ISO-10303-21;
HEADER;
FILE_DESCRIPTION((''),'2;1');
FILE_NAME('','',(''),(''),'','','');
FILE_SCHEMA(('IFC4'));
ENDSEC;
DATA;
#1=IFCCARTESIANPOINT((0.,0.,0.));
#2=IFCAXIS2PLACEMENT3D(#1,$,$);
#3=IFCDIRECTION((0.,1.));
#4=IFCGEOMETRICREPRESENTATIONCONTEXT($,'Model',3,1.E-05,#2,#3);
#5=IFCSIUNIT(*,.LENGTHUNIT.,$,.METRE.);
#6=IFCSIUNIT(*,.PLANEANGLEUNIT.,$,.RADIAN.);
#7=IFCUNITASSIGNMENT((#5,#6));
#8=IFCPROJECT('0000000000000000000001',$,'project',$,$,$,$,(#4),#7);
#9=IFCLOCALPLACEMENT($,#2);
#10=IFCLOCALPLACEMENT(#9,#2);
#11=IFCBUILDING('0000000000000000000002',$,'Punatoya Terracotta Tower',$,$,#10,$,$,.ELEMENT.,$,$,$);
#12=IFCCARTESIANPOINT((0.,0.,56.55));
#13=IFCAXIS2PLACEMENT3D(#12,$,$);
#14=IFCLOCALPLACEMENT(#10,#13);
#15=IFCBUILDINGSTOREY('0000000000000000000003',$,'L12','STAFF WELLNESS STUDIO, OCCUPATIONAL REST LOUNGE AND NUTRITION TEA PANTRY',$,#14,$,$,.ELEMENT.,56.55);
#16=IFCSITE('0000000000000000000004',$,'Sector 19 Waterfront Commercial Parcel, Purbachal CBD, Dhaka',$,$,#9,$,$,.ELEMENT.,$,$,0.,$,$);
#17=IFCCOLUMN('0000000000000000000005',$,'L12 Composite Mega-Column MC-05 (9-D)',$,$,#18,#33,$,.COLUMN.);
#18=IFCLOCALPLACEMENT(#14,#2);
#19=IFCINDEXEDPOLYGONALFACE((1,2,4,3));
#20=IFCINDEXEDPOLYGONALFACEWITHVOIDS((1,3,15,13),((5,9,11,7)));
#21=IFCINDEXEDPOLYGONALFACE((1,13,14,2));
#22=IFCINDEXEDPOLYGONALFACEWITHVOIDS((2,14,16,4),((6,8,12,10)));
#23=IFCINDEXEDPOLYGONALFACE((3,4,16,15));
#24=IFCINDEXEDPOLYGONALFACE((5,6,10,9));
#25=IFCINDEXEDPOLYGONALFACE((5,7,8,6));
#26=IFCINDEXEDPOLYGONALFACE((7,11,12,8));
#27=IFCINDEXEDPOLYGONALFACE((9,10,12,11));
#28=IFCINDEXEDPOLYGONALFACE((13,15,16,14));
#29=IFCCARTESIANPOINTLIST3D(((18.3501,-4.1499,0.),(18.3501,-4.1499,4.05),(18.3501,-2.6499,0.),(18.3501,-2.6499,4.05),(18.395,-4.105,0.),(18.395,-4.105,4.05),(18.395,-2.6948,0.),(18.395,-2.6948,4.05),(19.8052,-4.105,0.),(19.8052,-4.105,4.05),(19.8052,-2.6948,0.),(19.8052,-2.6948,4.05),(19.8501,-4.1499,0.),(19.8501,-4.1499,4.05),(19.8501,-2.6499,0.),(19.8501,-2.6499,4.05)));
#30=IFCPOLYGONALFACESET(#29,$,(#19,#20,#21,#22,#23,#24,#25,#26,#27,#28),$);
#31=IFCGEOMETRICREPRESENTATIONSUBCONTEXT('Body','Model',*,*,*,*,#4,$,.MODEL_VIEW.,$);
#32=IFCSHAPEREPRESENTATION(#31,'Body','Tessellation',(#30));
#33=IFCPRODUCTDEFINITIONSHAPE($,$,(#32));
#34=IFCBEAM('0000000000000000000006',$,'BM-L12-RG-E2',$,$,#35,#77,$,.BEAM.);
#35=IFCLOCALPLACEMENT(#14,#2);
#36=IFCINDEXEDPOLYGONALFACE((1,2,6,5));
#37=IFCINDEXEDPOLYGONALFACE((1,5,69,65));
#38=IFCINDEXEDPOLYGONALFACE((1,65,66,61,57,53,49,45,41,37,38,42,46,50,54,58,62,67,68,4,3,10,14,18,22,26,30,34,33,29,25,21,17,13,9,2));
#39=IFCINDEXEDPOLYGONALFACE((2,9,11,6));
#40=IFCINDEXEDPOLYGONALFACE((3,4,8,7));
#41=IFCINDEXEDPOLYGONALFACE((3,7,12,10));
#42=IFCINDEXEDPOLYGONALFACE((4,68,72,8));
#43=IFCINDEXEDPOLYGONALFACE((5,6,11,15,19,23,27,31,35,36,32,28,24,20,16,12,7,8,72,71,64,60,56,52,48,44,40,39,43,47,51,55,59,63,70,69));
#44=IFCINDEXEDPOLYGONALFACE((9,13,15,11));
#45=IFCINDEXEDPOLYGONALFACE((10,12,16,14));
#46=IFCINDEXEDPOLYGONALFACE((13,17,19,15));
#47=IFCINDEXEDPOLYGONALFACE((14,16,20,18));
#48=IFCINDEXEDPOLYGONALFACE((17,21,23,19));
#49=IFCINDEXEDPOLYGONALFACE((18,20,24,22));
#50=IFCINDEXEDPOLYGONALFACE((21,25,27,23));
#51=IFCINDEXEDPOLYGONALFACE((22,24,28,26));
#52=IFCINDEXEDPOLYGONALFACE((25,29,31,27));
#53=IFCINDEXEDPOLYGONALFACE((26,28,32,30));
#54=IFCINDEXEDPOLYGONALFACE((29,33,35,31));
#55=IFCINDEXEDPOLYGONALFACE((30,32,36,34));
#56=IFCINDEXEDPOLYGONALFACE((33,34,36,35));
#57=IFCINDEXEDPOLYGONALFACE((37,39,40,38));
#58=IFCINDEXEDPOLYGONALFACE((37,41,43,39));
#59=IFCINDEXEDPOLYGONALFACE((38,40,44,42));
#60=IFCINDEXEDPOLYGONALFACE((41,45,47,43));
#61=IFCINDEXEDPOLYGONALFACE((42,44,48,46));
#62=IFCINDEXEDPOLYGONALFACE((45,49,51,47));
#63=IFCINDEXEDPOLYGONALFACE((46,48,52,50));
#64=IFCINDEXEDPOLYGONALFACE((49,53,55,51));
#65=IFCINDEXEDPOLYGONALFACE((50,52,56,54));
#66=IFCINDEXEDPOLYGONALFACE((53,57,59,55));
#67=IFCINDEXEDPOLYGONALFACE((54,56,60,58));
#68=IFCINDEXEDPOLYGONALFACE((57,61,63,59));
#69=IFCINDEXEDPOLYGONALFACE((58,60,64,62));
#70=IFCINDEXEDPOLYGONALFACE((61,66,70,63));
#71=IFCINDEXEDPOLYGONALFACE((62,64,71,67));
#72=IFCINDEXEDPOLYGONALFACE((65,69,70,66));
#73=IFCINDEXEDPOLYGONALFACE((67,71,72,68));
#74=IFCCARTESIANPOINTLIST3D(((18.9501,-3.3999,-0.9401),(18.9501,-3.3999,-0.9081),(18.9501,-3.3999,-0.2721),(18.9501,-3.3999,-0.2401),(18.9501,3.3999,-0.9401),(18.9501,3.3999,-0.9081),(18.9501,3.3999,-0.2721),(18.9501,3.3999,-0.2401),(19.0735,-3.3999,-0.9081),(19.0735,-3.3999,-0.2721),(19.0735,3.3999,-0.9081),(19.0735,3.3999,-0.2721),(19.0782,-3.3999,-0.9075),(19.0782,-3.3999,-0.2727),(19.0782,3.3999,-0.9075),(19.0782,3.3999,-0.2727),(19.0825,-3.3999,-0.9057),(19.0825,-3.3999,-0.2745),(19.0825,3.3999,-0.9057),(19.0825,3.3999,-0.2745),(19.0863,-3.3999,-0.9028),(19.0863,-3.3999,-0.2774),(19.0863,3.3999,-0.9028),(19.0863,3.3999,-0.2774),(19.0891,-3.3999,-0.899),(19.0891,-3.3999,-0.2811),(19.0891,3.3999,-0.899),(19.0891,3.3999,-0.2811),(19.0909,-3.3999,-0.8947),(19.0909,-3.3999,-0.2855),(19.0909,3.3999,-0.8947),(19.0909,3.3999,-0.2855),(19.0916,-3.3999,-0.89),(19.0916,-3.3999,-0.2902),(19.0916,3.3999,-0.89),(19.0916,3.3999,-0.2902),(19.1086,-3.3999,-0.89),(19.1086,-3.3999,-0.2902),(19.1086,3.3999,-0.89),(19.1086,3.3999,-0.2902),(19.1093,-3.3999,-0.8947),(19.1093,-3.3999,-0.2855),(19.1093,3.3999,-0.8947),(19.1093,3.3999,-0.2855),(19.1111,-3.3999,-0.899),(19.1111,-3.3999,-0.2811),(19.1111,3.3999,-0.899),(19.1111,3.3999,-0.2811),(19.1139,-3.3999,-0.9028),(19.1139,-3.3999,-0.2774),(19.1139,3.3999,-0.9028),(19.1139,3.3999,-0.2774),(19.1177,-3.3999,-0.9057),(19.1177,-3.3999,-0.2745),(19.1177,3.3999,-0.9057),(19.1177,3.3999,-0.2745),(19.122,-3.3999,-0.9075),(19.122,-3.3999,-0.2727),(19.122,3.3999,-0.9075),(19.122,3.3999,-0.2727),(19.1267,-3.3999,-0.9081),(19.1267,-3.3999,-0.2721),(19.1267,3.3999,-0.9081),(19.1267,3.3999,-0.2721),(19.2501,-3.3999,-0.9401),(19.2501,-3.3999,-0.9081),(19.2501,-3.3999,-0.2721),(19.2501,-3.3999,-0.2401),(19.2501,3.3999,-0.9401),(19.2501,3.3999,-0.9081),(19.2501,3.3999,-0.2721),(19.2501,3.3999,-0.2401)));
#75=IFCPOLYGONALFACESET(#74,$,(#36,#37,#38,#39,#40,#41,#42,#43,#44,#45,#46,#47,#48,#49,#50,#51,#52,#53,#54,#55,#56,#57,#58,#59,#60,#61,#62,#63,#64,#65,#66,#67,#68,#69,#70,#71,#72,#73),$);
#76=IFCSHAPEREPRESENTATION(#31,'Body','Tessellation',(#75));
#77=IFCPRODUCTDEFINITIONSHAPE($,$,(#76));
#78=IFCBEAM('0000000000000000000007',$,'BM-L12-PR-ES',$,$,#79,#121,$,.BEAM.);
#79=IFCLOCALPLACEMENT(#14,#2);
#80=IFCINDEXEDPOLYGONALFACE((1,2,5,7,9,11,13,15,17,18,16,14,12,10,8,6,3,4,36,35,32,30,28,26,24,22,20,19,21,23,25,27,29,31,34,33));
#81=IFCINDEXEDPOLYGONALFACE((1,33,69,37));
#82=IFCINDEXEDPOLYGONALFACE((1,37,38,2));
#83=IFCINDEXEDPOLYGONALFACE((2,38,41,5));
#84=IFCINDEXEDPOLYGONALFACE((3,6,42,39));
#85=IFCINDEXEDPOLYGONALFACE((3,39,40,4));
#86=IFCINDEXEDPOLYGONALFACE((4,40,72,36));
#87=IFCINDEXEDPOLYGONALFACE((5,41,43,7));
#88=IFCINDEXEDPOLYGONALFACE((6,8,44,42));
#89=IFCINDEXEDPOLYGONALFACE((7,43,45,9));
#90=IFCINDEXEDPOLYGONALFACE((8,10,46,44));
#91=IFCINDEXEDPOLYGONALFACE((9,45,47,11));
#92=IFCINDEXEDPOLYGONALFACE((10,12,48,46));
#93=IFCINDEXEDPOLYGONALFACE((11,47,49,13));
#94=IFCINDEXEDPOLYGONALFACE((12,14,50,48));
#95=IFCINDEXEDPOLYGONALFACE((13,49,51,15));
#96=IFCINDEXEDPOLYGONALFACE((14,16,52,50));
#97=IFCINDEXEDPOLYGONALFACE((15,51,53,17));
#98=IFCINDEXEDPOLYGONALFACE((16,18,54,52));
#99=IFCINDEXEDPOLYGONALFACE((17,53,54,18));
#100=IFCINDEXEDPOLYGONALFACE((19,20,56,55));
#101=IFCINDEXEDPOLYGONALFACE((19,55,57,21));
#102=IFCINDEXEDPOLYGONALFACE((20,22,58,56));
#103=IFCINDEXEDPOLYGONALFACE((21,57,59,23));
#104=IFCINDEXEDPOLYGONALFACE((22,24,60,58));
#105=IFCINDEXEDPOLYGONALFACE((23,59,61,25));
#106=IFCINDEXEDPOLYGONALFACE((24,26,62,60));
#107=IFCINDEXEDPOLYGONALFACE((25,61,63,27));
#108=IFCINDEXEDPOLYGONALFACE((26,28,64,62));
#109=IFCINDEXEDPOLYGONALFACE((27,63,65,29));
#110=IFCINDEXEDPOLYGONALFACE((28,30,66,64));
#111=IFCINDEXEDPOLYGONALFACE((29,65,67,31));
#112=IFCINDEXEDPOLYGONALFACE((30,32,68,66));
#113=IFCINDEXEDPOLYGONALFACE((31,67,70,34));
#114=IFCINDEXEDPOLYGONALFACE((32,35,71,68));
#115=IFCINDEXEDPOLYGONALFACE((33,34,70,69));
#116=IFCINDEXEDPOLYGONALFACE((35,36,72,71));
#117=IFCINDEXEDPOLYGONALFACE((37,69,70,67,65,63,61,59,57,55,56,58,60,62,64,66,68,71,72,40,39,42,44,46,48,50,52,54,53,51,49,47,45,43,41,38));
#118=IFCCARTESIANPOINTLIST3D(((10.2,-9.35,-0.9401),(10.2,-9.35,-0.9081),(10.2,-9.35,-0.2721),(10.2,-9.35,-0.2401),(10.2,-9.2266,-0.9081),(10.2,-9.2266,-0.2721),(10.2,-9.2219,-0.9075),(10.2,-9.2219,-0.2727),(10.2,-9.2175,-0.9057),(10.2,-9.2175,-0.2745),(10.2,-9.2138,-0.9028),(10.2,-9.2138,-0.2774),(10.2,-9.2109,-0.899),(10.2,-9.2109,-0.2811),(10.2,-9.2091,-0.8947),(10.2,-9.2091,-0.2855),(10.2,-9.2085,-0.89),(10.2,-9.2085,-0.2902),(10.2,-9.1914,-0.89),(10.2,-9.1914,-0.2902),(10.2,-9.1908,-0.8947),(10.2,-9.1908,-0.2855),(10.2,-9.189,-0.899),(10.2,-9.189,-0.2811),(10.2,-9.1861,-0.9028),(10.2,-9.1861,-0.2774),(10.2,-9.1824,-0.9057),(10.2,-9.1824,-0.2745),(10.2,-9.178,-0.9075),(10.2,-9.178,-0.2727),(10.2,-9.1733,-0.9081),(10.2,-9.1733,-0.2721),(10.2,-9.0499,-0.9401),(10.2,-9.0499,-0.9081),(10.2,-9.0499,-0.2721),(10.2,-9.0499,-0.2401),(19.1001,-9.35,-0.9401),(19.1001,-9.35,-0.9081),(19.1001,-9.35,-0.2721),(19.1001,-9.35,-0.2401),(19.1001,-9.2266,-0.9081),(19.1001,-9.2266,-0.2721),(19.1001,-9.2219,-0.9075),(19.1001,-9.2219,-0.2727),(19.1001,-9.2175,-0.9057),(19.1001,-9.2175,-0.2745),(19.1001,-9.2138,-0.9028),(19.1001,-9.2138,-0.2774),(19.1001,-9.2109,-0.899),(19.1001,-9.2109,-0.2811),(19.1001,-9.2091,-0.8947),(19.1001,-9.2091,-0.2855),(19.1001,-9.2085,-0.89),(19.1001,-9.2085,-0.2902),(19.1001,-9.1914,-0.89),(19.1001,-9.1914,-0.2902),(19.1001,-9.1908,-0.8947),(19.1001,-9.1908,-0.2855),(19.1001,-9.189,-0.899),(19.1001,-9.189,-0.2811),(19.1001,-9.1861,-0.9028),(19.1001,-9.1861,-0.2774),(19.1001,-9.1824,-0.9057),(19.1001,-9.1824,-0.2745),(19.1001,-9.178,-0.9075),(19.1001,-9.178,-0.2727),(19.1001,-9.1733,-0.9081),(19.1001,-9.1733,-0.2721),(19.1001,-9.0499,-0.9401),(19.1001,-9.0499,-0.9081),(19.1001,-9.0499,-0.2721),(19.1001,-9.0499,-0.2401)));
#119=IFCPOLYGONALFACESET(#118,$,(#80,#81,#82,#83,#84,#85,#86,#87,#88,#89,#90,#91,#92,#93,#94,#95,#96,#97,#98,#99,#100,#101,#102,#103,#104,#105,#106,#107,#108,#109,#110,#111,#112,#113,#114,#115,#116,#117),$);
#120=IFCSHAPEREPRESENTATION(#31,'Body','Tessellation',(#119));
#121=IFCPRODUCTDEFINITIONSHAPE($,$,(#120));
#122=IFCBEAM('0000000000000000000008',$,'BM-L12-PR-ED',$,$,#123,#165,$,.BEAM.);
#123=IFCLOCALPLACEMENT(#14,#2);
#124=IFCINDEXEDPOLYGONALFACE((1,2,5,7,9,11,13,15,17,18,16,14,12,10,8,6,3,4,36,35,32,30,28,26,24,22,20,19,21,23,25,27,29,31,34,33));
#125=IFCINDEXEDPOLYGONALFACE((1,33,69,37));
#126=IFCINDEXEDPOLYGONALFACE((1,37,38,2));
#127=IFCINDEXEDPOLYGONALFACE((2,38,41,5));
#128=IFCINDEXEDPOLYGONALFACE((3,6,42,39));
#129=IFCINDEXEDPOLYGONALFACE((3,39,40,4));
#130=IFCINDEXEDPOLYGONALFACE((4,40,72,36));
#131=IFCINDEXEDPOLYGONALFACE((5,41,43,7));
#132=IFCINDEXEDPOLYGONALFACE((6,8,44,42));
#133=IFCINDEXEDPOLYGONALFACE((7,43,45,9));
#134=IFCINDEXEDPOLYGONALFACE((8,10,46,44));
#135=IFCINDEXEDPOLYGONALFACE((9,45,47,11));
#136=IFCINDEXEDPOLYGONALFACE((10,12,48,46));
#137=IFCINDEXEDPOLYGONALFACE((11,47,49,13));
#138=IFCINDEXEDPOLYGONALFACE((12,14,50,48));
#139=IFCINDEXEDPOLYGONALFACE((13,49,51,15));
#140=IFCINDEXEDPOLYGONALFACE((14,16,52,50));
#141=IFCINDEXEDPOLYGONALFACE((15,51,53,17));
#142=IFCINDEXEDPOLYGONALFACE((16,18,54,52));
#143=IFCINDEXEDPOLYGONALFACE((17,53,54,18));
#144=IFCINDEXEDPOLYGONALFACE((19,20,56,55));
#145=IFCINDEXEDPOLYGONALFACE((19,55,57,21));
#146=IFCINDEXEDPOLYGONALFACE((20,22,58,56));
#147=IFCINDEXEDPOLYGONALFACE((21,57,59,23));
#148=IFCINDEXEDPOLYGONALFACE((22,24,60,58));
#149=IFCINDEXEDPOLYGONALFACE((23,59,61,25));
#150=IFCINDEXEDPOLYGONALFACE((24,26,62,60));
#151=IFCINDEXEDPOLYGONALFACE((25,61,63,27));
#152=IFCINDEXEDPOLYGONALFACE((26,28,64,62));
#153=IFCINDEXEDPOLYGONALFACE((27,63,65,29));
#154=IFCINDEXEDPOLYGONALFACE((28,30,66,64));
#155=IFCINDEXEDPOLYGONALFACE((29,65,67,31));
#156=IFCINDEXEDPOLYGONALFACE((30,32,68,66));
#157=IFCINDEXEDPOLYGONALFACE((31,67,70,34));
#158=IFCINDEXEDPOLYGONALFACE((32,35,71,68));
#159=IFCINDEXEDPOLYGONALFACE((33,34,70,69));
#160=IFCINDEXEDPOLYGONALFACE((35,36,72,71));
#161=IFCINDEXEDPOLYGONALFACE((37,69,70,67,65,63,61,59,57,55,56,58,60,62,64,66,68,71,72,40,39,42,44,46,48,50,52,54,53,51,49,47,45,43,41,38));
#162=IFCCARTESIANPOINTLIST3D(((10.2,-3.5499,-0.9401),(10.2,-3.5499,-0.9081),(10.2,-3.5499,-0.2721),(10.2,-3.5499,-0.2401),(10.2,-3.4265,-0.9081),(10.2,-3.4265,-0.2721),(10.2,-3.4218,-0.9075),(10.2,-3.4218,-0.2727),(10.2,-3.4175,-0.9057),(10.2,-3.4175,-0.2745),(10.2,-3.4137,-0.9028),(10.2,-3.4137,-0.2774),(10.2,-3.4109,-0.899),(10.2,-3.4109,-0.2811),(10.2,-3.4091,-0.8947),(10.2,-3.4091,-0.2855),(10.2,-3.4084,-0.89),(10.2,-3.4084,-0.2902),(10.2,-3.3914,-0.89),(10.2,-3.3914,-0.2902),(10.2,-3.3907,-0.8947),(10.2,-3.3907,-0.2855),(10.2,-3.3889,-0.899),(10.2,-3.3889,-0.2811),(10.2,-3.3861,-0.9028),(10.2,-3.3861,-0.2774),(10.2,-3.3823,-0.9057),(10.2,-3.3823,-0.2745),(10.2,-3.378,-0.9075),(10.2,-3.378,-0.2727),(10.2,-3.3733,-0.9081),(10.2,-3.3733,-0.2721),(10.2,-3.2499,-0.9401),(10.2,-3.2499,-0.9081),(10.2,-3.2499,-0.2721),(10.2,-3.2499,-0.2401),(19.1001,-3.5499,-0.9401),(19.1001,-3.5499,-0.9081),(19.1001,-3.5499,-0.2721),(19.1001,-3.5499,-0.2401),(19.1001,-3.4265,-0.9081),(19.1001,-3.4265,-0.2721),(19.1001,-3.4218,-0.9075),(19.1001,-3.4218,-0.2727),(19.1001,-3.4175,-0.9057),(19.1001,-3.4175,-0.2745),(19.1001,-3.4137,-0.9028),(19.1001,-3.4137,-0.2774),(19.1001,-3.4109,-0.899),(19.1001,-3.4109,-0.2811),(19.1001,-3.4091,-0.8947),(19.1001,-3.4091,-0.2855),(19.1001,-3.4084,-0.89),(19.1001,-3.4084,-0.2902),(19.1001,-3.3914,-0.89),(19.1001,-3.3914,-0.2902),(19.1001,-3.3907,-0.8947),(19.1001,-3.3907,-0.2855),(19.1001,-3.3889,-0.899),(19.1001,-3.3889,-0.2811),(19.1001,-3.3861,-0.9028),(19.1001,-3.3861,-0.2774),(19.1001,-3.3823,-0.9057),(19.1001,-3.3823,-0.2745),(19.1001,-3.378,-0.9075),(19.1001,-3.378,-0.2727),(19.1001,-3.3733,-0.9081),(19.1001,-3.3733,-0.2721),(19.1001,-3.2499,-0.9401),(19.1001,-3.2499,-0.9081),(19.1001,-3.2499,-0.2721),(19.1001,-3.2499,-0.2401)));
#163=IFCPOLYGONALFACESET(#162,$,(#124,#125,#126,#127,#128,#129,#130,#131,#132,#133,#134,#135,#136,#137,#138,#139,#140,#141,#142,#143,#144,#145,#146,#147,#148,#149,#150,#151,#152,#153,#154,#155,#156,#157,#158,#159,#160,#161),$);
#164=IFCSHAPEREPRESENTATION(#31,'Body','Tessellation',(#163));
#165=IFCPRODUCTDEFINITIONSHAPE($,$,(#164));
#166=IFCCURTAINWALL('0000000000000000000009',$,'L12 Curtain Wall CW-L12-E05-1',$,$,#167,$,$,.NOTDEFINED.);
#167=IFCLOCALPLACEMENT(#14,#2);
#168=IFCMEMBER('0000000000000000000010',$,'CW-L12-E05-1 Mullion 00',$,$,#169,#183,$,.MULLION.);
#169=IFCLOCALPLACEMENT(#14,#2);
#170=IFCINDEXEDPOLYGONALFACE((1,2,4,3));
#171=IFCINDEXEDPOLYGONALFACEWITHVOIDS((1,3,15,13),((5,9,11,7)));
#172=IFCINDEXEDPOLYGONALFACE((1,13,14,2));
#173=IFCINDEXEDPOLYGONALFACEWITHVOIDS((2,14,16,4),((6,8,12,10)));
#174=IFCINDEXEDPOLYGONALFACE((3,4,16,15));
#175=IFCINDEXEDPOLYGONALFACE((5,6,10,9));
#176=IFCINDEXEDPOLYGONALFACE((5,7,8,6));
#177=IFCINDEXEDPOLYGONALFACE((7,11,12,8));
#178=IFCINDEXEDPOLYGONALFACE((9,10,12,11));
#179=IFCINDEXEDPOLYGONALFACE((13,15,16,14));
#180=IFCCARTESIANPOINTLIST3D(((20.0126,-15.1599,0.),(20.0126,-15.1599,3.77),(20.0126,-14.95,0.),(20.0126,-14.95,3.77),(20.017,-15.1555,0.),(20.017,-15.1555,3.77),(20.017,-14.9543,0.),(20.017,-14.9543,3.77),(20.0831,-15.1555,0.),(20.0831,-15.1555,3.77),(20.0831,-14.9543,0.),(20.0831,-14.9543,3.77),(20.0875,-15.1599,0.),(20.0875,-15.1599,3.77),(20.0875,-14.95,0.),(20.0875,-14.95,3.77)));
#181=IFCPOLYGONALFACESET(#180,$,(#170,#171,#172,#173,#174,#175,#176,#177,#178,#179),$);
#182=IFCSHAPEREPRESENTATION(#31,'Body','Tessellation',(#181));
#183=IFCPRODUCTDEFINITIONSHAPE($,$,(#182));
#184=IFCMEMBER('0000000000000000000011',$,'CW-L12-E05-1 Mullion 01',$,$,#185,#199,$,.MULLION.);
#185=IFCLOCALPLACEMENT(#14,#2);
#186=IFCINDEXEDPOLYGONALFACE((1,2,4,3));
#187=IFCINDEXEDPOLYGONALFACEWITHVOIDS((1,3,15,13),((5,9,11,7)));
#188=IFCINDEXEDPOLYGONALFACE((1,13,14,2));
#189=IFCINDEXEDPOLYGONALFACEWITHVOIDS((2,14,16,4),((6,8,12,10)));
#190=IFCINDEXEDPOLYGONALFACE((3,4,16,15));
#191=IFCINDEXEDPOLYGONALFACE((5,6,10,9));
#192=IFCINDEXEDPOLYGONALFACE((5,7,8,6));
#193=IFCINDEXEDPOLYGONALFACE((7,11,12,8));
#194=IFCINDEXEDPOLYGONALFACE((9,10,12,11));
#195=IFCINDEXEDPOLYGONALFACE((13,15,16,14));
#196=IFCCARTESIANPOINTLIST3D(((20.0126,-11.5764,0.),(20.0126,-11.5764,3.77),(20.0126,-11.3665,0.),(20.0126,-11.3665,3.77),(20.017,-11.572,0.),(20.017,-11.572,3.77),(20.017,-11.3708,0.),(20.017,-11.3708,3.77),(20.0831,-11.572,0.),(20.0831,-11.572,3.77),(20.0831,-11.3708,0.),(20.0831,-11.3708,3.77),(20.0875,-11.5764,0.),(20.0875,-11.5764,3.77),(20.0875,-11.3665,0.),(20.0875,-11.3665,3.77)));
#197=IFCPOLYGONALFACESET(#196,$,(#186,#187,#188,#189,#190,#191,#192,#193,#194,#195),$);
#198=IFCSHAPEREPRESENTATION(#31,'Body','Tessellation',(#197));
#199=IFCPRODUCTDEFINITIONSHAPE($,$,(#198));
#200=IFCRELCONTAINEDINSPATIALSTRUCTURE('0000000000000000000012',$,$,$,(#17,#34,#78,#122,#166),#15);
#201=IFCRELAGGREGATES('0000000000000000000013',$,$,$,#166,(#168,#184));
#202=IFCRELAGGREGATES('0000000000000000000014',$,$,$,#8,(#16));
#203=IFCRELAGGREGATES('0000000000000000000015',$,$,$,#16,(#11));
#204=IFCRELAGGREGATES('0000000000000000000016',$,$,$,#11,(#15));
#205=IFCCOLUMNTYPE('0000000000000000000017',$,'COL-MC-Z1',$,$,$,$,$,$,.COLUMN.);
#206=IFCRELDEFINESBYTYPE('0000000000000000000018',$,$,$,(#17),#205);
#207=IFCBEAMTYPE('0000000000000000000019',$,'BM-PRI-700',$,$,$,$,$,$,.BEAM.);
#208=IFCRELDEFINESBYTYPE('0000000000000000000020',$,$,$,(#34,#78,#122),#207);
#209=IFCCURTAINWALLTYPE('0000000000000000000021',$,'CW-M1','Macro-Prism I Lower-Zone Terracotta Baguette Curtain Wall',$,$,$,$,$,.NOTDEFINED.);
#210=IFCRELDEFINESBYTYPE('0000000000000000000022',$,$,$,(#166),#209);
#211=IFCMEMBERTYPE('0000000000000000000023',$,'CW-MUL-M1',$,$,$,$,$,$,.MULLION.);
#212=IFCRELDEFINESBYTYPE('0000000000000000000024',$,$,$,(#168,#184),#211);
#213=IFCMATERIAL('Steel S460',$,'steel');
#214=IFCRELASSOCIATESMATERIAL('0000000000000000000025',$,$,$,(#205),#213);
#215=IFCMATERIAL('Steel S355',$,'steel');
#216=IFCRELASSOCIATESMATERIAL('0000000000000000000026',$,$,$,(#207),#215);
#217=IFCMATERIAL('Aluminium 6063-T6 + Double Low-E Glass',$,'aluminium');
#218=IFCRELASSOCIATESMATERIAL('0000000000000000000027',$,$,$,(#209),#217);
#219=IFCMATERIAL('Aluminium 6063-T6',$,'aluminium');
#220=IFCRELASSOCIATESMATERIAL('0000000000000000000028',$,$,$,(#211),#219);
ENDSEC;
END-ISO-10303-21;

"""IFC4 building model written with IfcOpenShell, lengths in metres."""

from ifc_helpers import new_model, si_unit, direction, frame, origin, origin_2d, place, context, subcontext, project, spatial, hollow_rectangle, i_section, extrude, material, material_profile, profile_set, type_object, element, aggregate, save


model = new_model("IFC4")

# Units and contexts
model_context = context("Model", 3, precision=1e-05, world=origin(), true_north=direction((0.0, 1.0)))
body_context = subcontext(model_context, "Body", "Model", "MODEL_VIEW")
ifc_project = project(units=[si_unit("LENGTHUNIT", "METRE"), si_unit("PLANEANGLEUNIT", "RADIAN")], contexts=[model_context])

# Site, building, storey
site_placement = place(None, origin())
site = spatial("IfcSite", under=ifc_project, at=site_placement, Name="Sector 19 Waterfront Commercial Parcel, Purbachal CBD, Dhaka", CompositionType="ELEMENT", RefElevation=0.0)
building_placement = place(site_placement, origin())
building = spatial("IfcBuilding", under=site, at=building_placement, Name="Punatoya Terracotta Tower", CompositionType="ELEMENT")
storey_placement = place(building_placement, frame((0.0, 0.0, 56.55)))
storey = spatial("IfcBuildingStorey", under=building, at=storey_placement, Name="L12", Description="STAFF WELLNESS STUDIO, OCCUPATIONAL REST LOUNGE AND NUTRITION TEA PANTRY", CompositionType="ELEMENT", Elevation=56.55)

# Column
ifc_material_1 = material(Name="Steel S460", Category="steel")
ifc_material_profile_1 = material_profile(ifc_material_1, hollow_rectangle(XDim=1.5, YDim=1.5, WallThickness=0.0449, at=origin_2d()))
ifc_profile_set_1 = profile_set([ifc_material_profile_1], Name="Steel S460")
column_type = type_object("IfcColumnType", Name="COL-MC-Z1", PredefinedType="COLUMN", material=ifc_profile_set_1)
column_placement = place(storey_placement, frame((19.1001, -3.3999, 0.0), z_axis=(0.0, 0.0, 1.0), x_axis=(1.0, 0.0, 0.0)))
element("IfcColumn", 1, at=column_placement, inside=storey, type_object=column_type, Name="L12 Composite Mega-Column MC-05 (9-D)", PredefinedType="COLUMN", context=body_context, shape_type="SweptSolid", body=[
    extrude(hollow_rectangle(XDim=1.5, YDim=1.5, WallThickness=0.0449, at=origin_2d()), origin(), (0.0, 0.0, 1.0), 4.05),
])

# Beams
ifc_material_2 = material(Name="Steel S355", Category="steel")
ifc_material_profile_2 = material_profile(ifc_material_2, i_section(OverallWidth=0.3, OverallDepth=0.7, WebThickness=0.0171, FlangeThickness=0.032, FilletRadius=0.0181, at=origin_2d()))
ifc_profile_set_2 = profile_set([ifc_material_profile_2], Name="Steel S355")
beam_type = type_object("IfcBeamType", Name="BM-PRI-700", PredefinedType="BEAM", material=ifc_profile_set_2)
beam_placement = place(storey_placement, frame((19.1001, -3.3999, -0.5901), z_axis=(0.0, 1.0, 0.0), x_axis=(-1.0, 0.0, 0.0)))
element("IfcBeam", 2, at=beam_placement, inside=storey, type_object=beam_type, Name="BM-L12-RG-E2", PredefinedType="BEAM", context=body_context, shape_type="SweptSolid", body=[
    extrude(i_section(OverallWidth=0.3, OverallDepth=0.7, WebThickness=0.0171, FlangeThickness=0.032, FilletRadius=0.0181, at=origin_2d()), origin(), (0.0, 0.0, 1.0), 6.7998),
])
for number, where, z_axis, x_axis, name in (
    (3, (10.2, -9.2, -0.5901), (1.0, 0.0, 0.0), (0.0, 1.0, 0.0), "BM-L12-PR-ES"),
    (4, (10.2, -3.3999, -0.5901), (1.0, 0.0, 0.0), (0.0, 1.0, 0.0), "BM-L12-PR-ED"),
):
    element("IfcBeam", number, at=place(storey_placement, frame(where, z_axis=z_axis, x_axis=x_axis)), inside=storey, type_object=beam_type, Name=name, PredefinedType="BEAM", context=body_context, shape_type="SweptSolid", body=[
        extrude(i_section(OverallWidth=0.3, OverallDepth=0.7, WebThickness=0.0171, FlangeThickness=0.032, FilletRadius=0.0181, at=origin_2d()), origin(), (0.0, 0.0, 1.0), 8.9001),
    ])

# Curtain wall, members
ifc_material_3 = material(Name="Aluminium 6063-T6 + Double Low-E Glass", Category="aluminium")
curtain_wall_type = type_object("IfcCurtainWallType", Name="CW-M1", Description="Macro-Prism I Lower-Zone Terracotta Baguette Curtain Wall", PredefinedType="NOTDEFINED", material=ifc_material_3)
curtain_wall_placement = place(storey_placement, origin())
curtain_wall = element("IfcCurtainWall", 5, at=curtain_wall_placement, inside=storey, type_object=curtain_wall_type, Name="L12 Curtain Wall CW-L12-E05-1", PredefinedType="NOTDEFINED")
ifc_material_4 = material(Name="Aluminium 6063-T6", Category="aluminium")
ifc_material_profile_3 = material_profile(ifc_material_4, hollow_rectangle(XDim=0.075, YDim=0.21, WallThickness=0.0044, at=origin_2d()))
ifc_profile_set_3 = profile_set([ifc_material_profile_3], Name="Aluminium 6063-T6")
member_type_1 = type_object("IfcMemberType", Name="CW-MUL-M1", PredefinedType="MULLION", material=ifc_profile_set_3)
member_1_placement = place(storey_placement, frame((20.05, -15.0549, 0.0), z_axis=(0.0, 0.0, 1.0), x_axis=(1.0, 0.0, 0.0)))
member_1 = element("IfcMember", 6, at=member_1_placement, type_object=member_type_1, Name="CW-L12-E05-1 Mullion 00", PredefinedType="MULLION", context=body_context, shape_type="SweptSolid", body=[
    extrude(hollow_rectangle(XDim=0.075, YDim=0.21, WallThickness=0.0044, at=origin_2d()), origin(), (0.0, 0.0, 1.0), 3.77),
])
member_2_placement = place(storey_placement, frame((20.05, -11.4714, 0.0), z_axis=(0.0, 0.0, 1.0), x_axis=(1.0, 0.0, 0.0)))
member_2 = element("IfcMember", 7, at=member_2_placement, type_object=member_type_1, Name="CW-L12-E05-1 Mullion 01", PredefinedType="MULLION", context=body_context, shape_type="SweptSolid", body=[
    extrude(hollow_rectangle(XDim=0.075, YDim=0.21, WallThickness=0.0044, at=origin_2d()), origin(), (0.0, 0.0, 1.0), 3.77),
])
aggregate(curtain_wall, [member_1, member_2])

save(model, "model.ifc")
